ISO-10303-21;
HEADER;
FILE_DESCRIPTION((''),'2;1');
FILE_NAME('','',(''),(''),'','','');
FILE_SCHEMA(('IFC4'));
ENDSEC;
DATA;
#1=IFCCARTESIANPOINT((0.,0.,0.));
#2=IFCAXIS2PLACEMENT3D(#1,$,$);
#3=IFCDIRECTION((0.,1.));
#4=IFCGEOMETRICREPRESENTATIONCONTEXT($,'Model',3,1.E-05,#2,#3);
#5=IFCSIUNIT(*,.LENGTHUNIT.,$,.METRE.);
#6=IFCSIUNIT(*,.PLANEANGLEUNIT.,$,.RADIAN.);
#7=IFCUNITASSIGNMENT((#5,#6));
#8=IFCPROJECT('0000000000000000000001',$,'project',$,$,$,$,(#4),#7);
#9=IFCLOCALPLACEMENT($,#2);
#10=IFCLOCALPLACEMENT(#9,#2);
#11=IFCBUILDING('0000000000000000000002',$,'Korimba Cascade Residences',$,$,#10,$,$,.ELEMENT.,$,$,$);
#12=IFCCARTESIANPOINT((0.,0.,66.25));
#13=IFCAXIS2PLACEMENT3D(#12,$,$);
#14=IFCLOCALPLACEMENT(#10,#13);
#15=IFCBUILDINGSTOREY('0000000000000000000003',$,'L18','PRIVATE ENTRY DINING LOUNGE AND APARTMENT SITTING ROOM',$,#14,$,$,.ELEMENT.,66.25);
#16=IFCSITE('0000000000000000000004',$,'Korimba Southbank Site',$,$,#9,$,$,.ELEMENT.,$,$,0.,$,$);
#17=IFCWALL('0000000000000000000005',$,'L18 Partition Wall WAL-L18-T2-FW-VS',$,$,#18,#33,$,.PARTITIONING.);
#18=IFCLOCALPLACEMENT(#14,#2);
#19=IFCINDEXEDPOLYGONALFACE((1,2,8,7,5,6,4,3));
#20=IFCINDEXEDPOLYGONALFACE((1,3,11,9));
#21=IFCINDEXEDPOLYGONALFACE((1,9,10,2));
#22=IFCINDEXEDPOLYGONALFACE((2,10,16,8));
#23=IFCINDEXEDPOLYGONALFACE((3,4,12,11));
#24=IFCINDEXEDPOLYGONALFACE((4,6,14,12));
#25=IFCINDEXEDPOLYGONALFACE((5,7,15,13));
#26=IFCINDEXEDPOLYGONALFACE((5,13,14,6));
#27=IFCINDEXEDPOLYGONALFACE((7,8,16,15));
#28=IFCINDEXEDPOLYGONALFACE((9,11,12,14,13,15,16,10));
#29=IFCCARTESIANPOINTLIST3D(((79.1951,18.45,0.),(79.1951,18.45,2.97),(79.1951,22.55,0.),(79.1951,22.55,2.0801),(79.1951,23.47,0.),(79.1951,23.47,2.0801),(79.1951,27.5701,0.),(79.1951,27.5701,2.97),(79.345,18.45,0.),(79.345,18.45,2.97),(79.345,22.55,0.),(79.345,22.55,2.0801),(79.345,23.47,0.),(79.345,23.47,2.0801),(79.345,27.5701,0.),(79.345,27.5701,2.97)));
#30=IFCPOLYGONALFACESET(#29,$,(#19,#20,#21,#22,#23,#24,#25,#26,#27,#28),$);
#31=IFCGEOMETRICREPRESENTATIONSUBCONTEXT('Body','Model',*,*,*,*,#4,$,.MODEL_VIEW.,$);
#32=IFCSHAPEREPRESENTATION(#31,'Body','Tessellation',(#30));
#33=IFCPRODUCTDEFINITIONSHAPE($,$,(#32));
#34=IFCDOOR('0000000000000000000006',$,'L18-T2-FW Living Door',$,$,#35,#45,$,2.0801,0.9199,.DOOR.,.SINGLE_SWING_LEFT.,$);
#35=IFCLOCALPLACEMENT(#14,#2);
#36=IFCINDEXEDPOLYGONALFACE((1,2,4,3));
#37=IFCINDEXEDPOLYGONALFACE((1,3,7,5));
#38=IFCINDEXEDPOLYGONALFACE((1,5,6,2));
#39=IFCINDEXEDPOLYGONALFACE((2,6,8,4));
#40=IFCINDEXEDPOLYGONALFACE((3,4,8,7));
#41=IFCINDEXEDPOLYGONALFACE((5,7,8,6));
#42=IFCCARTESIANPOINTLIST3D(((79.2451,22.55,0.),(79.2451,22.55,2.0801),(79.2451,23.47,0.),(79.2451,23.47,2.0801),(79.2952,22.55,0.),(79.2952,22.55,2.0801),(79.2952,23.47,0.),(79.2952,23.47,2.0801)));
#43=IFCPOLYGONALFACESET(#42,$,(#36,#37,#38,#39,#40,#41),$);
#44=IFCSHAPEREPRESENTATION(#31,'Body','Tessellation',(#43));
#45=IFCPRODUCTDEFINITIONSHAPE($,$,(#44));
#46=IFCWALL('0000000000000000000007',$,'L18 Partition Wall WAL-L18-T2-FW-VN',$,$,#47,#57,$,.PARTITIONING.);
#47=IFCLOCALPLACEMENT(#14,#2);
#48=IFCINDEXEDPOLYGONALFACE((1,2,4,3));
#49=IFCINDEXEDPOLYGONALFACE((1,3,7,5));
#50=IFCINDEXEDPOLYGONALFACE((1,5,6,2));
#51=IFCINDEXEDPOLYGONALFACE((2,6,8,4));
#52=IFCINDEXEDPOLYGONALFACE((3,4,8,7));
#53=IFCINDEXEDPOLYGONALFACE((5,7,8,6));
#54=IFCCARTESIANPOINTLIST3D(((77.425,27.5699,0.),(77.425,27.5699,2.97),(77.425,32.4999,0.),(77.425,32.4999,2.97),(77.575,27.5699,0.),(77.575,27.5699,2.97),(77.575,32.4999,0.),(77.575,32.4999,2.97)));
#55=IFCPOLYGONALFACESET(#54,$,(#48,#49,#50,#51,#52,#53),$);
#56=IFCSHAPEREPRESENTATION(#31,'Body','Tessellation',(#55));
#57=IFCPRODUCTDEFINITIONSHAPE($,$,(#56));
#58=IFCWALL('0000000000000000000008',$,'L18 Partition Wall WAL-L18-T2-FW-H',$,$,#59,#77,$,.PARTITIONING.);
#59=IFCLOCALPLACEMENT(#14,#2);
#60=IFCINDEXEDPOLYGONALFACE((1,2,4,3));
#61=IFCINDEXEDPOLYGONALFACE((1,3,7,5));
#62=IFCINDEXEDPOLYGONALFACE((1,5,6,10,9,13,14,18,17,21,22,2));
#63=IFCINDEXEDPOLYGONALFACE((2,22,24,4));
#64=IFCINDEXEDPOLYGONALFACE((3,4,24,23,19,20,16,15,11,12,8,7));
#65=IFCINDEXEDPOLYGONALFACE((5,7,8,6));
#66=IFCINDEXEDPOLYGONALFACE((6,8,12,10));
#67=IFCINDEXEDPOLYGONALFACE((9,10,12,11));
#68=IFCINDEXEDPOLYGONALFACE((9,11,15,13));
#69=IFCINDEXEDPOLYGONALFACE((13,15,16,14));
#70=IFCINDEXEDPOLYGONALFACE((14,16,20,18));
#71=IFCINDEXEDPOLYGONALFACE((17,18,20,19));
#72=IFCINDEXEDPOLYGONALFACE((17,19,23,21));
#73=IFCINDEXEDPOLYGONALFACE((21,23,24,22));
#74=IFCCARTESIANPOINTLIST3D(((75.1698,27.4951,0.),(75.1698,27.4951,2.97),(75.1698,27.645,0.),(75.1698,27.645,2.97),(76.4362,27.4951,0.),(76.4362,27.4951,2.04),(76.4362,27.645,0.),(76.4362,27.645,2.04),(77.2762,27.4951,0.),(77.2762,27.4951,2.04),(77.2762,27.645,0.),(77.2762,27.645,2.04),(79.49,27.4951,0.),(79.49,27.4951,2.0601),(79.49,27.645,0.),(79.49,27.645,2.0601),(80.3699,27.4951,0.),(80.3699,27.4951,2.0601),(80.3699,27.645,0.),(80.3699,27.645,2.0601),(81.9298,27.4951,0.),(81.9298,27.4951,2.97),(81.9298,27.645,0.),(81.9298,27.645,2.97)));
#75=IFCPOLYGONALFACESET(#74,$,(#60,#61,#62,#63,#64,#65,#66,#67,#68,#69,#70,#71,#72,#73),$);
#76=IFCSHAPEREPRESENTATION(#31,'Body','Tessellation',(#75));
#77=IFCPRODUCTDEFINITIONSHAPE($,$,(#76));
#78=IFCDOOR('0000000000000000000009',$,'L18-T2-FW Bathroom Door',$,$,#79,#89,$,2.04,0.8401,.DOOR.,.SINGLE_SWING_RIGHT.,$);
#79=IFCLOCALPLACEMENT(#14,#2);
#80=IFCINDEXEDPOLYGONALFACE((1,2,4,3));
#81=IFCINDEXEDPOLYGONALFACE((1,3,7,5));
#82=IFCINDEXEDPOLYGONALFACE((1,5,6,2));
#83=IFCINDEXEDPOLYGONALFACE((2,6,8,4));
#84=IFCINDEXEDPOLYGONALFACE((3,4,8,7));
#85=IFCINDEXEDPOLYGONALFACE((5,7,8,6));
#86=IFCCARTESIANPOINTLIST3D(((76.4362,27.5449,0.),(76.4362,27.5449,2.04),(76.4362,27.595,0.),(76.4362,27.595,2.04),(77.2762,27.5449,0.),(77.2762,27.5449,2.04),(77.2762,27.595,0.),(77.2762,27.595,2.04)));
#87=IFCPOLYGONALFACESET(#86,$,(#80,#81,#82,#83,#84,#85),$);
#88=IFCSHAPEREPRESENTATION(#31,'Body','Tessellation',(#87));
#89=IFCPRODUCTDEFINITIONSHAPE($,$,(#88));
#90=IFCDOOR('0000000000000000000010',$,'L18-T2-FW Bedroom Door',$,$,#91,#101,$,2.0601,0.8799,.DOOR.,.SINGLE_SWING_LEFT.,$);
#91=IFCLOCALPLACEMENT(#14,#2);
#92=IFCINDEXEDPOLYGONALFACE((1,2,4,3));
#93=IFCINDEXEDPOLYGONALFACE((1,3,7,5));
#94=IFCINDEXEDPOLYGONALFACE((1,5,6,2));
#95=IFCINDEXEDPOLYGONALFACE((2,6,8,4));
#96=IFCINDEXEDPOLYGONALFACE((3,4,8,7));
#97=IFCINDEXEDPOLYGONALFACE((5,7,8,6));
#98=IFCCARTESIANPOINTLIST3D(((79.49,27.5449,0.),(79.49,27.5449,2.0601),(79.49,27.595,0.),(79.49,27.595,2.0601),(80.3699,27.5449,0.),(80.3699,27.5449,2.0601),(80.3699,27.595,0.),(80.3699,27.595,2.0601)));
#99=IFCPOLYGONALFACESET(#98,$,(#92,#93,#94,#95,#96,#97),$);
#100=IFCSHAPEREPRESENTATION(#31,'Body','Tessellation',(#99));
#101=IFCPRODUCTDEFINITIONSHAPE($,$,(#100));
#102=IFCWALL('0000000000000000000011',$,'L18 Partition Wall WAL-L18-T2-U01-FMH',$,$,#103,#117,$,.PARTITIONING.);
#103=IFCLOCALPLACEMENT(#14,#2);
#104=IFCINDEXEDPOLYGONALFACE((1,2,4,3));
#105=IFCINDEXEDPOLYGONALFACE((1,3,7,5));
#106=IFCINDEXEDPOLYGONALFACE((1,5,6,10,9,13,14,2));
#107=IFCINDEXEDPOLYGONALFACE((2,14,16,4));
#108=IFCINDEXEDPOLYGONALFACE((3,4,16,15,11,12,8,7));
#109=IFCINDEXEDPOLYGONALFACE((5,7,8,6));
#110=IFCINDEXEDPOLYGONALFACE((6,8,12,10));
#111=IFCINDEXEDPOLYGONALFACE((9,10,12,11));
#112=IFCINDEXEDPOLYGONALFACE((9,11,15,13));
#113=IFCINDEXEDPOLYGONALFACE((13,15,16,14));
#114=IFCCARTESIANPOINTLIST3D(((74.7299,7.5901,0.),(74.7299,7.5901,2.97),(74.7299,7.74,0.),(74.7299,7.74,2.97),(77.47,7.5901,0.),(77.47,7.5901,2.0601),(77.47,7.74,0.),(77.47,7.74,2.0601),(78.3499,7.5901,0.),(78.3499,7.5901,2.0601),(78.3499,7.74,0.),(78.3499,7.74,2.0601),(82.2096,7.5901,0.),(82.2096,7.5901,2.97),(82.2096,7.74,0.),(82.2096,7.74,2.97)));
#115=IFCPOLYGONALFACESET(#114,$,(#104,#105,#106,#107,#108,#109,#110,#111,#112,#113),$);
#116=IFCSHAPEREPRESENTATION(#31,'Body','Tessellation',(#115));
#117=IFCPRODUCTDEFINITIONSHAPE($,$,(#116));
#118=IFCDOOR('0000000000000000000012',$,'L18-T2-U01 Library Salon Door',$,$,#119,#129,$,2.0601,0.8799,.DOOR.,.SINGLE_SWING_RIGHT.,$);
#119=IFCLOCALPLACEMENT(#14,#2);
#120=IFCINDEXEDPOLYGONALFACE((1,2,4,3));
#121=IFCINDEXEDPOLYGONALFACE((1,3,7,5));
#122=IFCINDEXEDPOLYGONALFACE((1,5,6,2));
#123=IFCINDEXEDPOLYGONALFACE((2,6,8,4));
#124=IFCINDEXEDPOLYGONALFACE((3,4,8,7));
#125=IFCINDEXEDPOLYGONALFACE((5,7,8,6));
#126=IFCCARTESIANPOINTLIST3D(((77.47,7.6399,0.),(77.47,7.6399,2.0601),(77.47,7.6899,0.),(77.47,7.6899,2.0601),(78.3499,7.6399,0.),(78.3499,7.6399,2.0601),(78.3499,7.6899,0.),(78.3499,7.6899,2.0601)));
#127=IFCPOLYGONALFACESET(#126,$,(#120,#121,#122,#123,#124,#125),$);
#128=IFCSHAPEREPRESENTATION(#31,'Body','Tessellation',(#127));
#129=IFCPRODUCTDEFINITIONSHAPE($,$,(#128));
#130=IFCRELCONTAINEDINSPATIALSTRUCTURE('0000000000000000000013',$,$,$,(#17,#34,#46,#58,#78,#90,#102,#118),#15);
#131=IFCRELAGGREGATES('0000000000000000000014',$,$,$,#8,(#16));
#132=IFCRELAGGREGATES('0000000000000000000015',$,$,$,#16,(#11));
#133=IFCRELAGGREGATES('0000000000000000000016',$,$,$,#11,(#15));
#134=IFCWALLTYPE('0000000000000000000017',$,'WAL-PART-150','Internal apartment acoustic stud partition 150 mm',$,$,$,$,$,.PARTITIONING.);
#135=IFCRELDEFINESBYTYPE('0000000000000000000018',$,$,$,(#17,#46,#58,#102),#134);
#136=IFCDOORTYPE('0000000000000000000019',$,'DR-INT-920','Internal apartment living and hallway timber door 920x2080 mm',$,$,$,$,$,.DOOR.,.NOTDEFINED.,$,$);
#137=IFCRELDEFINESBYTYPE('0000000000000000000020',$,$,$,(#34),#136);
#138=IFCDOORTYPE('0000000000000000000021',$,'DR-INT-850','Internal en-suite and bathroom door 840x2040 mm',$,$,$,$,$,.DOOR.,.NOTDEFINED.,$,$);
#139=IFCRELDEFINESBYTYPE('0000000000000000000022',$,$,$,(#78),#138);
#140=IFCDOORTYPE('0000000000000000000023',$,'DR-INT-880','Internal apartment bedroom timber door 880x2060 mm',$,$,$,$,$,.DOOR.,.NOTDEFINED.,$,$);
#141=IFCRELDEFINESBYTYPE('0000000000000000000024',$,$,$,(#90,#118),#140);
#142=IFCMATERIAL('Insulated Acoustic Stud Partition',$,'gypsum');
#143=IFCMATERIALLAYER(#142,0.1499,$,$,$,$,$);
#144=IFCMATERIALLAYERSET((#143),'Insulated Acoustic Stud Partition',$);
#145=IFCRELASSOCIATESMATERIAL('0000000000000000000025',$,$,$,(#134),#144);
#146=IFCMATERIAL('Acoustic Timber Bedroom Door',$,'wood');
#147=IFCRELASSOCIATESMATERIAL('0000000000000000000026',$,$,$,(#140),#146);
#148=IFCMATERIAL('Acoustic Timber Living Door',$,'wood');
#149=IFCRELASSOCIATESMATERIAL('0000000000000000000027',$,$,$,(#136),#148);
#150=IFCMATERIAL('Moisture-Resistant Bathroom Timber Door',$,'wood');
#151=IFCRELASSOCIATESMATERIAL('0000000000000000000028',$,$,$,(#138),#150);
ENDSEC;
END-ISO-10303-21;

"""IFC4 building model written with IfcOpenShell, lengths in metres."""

from ifc_helpers import new_model, si_unit, direction, frame, frame_2d, origin, place, context, subcontext, project, spatial, rectangle, extrude, material, layer, layer_set, type_object, element, fill, save


model = new_model("IFC4")

# Units and contexts
model_context = context("Model", 3, precision=1e-05, world=origin(), true_north=direction((0.0, 1.0)))
body_context = subcontext(model_context, "Body", "Model", "MODEL_VIEW")
ifc_project = project(units=[si_unit("LENGTHUNIT", "METRE"), si_unit("PLANEANGLEUNIT", "RADIAN")], contexts=[model_context])

# Site, building, storey
site_placement = place(None, origin())
site = spatial("IfcSite", under=ifc_project, at=site_placement, Name="Korimba Southbank Site", CompositionType="ELEMENT", RefElevation=0.0)
building_placement = place(site_placement, origin())
building = spatial("IfcBuilding", under=site, at=building_placement, Name="Korimba Cascade Residences", CompositionType="ELEMENT")
storey_placement = place(building_placement, frame((0.0, 0.0, 66.25)))
storey = spatial("IfcBuildingStorey", under=building, at=storey_placement, Name="L18", Description="PRIVATE ENTRY DINING LOUNGE AND APARTMENT SITTING ROOM", CompositionType="ELEMENT", Elevation=66.25)

# Shared definitions
ifc_material_1 = material(Name="Insulated Acoustic Stud Partition", Category="gypsum")
ifc_layer_1 = layer(ifc_material_1, 0.1499)
ifc_layer_set_1 = layer_set([ifc_layer_1], Name="Insulated Acoustic Stud Partition")
wall_type_1 = type_object("IfcWallType", Name="WAL-PART-150", Description="Internal apartment acoustic stud partition 150 mm", PredefinedType="PARTITIONING", material=ifc_layer_set_1)

# Wall, opening, door
ifc_material_2 = material(Name="Acoustic Timber Bedroom Door", Category="wood")
door_type_1 = type_object("IfcDoorType", Name="DR-INT-880", Description="Internal apartment bedroom timber door 880x2060 mm", OperationType="NOTDEFINED", PredefinedType="DOOR", material=ifc_material_2)
wall_1_placement = place(storey_placement, frame((79.27, 18.45, 0.0), z_axis=(0.0, 0.0, 1.0), x_axis=(0.0, 1.0, 0.0)))
wall_1 = element("IfcWall", 1, at=wall_1_placement, inside=storey, type_object=wall_type_1, Name="L18 Partition Wall WAL-L18-T2-FW-VS", PredefinedType="PARTITIONING", context=body_context, shape_type="SweptSolid", body=[
    extrude(rectangle(XDim=9.1201, YDim=0.1499, at=frame_2d((4.5601, 0.0))), origin(), (0.0, 0.0, 1.0), 2.97),
])
opening_1_placement = place(wall_1_placement, frame((4.1001, 0.0, 0.0)))
opening_1 = element("IfcOpeningElement", 2, at=opening_1_placement, cuts=wall_1, PredefinedType="OPENING", context=body_context, shape_type="SweptSolid", body=[
    extrude(rectangle(XDim=0.9199, YDim=2.0801, at=frame_2d((0.46, 1.04))), frame((0.0, 0.085, 0.0), z_axis=(0.0, -1.0, 0.0), x_axis=(1.0, 0.0, 0.0)), (0.0, 0.0, 1.0), 0.1699),
])
ifc_material_3 = material(Name="Acoustic Timber Living Door", Category="wood")
door_type_2 = type_object("IfcDoorType", Name="DR-INT-920", Description="Internal apartment living and hallway timber door 920x2080 mm", OperationType="NOTDEFINED", PredefinedType="DOOR", material=ifc_material_3)
door_1_placement = place(opening_1_placement, origin())
door_1 = element("IfcDoor", 3, at=door_1_placement, inside=storey, type_object=door_type_2, Name="L18-T2-FW Living Door", OperationType="SINGLE_SWING_LEFT", OverallHeight=2.0801, OverallWidth=0.9199, PredefinedType="DOOR", context=body_context, shape_type="SweptSolid", body=[
    extrude(rectangle(XDim=0.9199, YDim=2.0801, at=frame_2d((0.46, 1.04))), frame((0.0, 0.0249, 0.0), z_axis=(0.0, -1.0, 0.0), x_axis=(1.0, 0.0, 0.0)), (0.0, 0.0, 1.0), 0.05),
])
fill(opening_1, door_1)

# Wall
wall_2_placement = place(storey_placement, frame((77.5, 27.5701, 0.0), z_axis=(0.0, 0.0, 1.0), x_axis=(0.0, 1.0, 0.0)))
element("IfcWall", 4, at=wall_2_placement, inside=storey, type_object=wall_type_1, Name="L18 Partition Wall WAL-L18-T2-FW-VN", PredefinedType="PARTITIONING", context=body_context, shape_type="SweptSolid", body=[
    extrude(rectangle(XDim=4.9299, YDim=0.1499, at=frame_2d((2.4648, 0.0))), origin(), (0.0, 0.0, 1.0), 2.97),
])

# Wall, openings, doors
wall_3_placement = place(storey_placement, frame((75.1699, 27.5701, 0.0), z_axis=(0.0, 0.0, 1.0), x_axis=(1.0, 0.0, 0.0)))
wall_3 = element("IfcWall", 5, at=wall_3_placement, inside=storey, type_object=wall_type_1, Name="L18 Partition Wall WAL-L18-T2-FW-H", PredefinedType="PARTITIONING", context=body_context, shape_type="SweptSolid", body=[
    extrude(rectangle(XDim=6.76, YDim=0.1499, at=frame_2d((3.3799, 0.0))), origin(), (0.0, 0.0, 1.0), 2.97),
])
opening_2_placement = place(wall_3_placement, frame((1.2664, 0.0, 0.0)))
opening_2 = element("IfcOpeningElement", 6, at=opening_2_placement, cuts=wall_3, PredefinedType="OPENING", context=body_context, shape_type="SweptSolid", body=[
    extrude(rectangle(XDim=0.8401, YDim=2.04, at=frame_2d((0.4199, 1.02))), frame((0.0, 0.085, 0.0), z_axis=(0.0, -1.0, 0.0), x_axis=(1.0, 0.0, 0.0)), (0.0, 0.0, 1.0), 0.1699),
])
opening_3_placement = place(wall_3_placement, frame((4.3201, 0.0, 0.0)))
opening_3 = element("IfcOpeningElement", 7, at=opening_3_placement, cuts=wall_3, PredefinedType="OPENING", context=body_context, shape_type="SweptSolid", body=[
    extrude(rectangle(XDim=0.8799, YDim=2.0601, at=frame_2d((0.4399, 1.03))), frame((0.0, 0.085, 0.0), z_axis=(0.0, -1.0, 0.0), x_axis=(1.0, 0.0, 0.0)), (0.0, 0.0, 1.0), 0.1699),
])
ifc_material_4 = material(Name="Moisture-Resistant Bathroom Timber Door", Category="wood")
door_type_3 = type_object("IfcDoorType", Name="DR-INT-850", Description="Internal en-suite and bathroom door 840x2040 mm", OperationType="NOTDEFINED", PredefinedType="DOOR", material=ifc_material_4)
door_2_placement = place(opening_2_placement, origin())
door_2 = element("IfcDoor", 8, at=door_2_placement, inside=storey, type_object=door_type_3, Name="L18-T2-FW Bathroom Door", OperationType="SINGLE_SWING_RIGHT", OverallHeight=2.04, OverallWidth=0.8401, PredefinedType="DOOR", context=body_context, shape_type="SweptSolid", body=[
    extrude(rectangle(XDim=0.8401, YDim=2.04, at=frame_2d((0.4199, 1.02))), frame((0.0, 0.0249, 0.0), z_axis=(0.0, -1.0, 0.0), x_axis=(1.0, 0.0, 0.0)), (0.0, 0.0, 1.0), 0.05),
])
fill(opening_2, door_2)
door_3_placement = place(opening_3_placement, origin())
door_3 = element("IfcDoor", 9, at=door_3_placement, inside=storey, type_object=door_type_1, Name="L18-T2-FW Bedroom Door", OperationType="SINGLE_SWING_LEFT", OverallHeight=2.0601, OverallWidth=0.8799, PredefinedType="DOOR", context=body_context, shape_type="SweptSolid", body=[
    extrude(rectangle(XDim=0.8799, YDim=2.0601, at=frame_2d((0.4399, 1.03))), frame((0.0, 0.0249, 0.0), z_axis=(0.0, -1.0, 0.0), x_axis=(1.0, 0.0, 0.0)), (0.0, 0.0, 1.0), 0.05),
])
fill(opening_3, door_3)

# Wall, opening, door
wall_4_placement = place(storey_placement, frame((74.73, 7.665, 0.0), z_axis=(0.0, 0.0, 1.0), x_axis=(1.0, 0.0, 0.0)))
wall_4 = element("IfcWall", 10, at=wall_4_placement, inside=storey, type_object=wall_type_1, Name="L18 Partition Wall WAL-L18-T2-U01-FMH", PredefinedType="PARTITIONING", context=body_context, shape_type="SweptSolid", body=[
    extrude(rectangle(XDim=7.4797, YDim=0.1499, at=frame_2d((3.7397, 0.0))), origin(), (0.0, 0.0, 1.0), 2.97),
])
opening_4_placement = place(wall_4_placement, frame((2.74, 0.0, 0.0)))
opening_4 = element("IfcOpeningElement", 11, at=opening_4_placement, cuts=wall_4, PredefinedType="OPENING", context=body_context, shape_type="SweptSolid", body=[
    extrude(rectangle(XDim=0.8799, YDim=2.0601, at=frame_2d((0.4399, 1.03))), frame((0.0, 0.085, 0.0), z_axis=(0.0, -1.0, 0.0), x_axis=(1.0, 0.0, 0.0)), (0.0, 0.0, 1.0), 0.1699),
])
door_4_placement = place(opening_4_placement, origin())
door_4 = element("IfcDoor", 12, at=door_4_placement, inside=storey, type_object=door_type_1, Name="L18-T2-U01 Library Salon Door", OperationType="SINGLE_SWING_RIGHT", OverallHeight=2.0601, OverallWidth=0.8799, PredefinedType="DOOR", context=body_context, shape_type="SweptSolid", body=[
    extrude(rectangle(XDim=0.8799, YDim=2.0601, at=frame_2d((0.4399, 1.03))), frame((0.0, 0.0249, 0.0), z_axis=(0.0, -1.0, 0.0), x_axis=(1.0, 0.0, 0.0)), (0.0, 0.0, 1.0), 0.05),
])
fill(opening_4, door_4)

save(model, "model.ifc")
